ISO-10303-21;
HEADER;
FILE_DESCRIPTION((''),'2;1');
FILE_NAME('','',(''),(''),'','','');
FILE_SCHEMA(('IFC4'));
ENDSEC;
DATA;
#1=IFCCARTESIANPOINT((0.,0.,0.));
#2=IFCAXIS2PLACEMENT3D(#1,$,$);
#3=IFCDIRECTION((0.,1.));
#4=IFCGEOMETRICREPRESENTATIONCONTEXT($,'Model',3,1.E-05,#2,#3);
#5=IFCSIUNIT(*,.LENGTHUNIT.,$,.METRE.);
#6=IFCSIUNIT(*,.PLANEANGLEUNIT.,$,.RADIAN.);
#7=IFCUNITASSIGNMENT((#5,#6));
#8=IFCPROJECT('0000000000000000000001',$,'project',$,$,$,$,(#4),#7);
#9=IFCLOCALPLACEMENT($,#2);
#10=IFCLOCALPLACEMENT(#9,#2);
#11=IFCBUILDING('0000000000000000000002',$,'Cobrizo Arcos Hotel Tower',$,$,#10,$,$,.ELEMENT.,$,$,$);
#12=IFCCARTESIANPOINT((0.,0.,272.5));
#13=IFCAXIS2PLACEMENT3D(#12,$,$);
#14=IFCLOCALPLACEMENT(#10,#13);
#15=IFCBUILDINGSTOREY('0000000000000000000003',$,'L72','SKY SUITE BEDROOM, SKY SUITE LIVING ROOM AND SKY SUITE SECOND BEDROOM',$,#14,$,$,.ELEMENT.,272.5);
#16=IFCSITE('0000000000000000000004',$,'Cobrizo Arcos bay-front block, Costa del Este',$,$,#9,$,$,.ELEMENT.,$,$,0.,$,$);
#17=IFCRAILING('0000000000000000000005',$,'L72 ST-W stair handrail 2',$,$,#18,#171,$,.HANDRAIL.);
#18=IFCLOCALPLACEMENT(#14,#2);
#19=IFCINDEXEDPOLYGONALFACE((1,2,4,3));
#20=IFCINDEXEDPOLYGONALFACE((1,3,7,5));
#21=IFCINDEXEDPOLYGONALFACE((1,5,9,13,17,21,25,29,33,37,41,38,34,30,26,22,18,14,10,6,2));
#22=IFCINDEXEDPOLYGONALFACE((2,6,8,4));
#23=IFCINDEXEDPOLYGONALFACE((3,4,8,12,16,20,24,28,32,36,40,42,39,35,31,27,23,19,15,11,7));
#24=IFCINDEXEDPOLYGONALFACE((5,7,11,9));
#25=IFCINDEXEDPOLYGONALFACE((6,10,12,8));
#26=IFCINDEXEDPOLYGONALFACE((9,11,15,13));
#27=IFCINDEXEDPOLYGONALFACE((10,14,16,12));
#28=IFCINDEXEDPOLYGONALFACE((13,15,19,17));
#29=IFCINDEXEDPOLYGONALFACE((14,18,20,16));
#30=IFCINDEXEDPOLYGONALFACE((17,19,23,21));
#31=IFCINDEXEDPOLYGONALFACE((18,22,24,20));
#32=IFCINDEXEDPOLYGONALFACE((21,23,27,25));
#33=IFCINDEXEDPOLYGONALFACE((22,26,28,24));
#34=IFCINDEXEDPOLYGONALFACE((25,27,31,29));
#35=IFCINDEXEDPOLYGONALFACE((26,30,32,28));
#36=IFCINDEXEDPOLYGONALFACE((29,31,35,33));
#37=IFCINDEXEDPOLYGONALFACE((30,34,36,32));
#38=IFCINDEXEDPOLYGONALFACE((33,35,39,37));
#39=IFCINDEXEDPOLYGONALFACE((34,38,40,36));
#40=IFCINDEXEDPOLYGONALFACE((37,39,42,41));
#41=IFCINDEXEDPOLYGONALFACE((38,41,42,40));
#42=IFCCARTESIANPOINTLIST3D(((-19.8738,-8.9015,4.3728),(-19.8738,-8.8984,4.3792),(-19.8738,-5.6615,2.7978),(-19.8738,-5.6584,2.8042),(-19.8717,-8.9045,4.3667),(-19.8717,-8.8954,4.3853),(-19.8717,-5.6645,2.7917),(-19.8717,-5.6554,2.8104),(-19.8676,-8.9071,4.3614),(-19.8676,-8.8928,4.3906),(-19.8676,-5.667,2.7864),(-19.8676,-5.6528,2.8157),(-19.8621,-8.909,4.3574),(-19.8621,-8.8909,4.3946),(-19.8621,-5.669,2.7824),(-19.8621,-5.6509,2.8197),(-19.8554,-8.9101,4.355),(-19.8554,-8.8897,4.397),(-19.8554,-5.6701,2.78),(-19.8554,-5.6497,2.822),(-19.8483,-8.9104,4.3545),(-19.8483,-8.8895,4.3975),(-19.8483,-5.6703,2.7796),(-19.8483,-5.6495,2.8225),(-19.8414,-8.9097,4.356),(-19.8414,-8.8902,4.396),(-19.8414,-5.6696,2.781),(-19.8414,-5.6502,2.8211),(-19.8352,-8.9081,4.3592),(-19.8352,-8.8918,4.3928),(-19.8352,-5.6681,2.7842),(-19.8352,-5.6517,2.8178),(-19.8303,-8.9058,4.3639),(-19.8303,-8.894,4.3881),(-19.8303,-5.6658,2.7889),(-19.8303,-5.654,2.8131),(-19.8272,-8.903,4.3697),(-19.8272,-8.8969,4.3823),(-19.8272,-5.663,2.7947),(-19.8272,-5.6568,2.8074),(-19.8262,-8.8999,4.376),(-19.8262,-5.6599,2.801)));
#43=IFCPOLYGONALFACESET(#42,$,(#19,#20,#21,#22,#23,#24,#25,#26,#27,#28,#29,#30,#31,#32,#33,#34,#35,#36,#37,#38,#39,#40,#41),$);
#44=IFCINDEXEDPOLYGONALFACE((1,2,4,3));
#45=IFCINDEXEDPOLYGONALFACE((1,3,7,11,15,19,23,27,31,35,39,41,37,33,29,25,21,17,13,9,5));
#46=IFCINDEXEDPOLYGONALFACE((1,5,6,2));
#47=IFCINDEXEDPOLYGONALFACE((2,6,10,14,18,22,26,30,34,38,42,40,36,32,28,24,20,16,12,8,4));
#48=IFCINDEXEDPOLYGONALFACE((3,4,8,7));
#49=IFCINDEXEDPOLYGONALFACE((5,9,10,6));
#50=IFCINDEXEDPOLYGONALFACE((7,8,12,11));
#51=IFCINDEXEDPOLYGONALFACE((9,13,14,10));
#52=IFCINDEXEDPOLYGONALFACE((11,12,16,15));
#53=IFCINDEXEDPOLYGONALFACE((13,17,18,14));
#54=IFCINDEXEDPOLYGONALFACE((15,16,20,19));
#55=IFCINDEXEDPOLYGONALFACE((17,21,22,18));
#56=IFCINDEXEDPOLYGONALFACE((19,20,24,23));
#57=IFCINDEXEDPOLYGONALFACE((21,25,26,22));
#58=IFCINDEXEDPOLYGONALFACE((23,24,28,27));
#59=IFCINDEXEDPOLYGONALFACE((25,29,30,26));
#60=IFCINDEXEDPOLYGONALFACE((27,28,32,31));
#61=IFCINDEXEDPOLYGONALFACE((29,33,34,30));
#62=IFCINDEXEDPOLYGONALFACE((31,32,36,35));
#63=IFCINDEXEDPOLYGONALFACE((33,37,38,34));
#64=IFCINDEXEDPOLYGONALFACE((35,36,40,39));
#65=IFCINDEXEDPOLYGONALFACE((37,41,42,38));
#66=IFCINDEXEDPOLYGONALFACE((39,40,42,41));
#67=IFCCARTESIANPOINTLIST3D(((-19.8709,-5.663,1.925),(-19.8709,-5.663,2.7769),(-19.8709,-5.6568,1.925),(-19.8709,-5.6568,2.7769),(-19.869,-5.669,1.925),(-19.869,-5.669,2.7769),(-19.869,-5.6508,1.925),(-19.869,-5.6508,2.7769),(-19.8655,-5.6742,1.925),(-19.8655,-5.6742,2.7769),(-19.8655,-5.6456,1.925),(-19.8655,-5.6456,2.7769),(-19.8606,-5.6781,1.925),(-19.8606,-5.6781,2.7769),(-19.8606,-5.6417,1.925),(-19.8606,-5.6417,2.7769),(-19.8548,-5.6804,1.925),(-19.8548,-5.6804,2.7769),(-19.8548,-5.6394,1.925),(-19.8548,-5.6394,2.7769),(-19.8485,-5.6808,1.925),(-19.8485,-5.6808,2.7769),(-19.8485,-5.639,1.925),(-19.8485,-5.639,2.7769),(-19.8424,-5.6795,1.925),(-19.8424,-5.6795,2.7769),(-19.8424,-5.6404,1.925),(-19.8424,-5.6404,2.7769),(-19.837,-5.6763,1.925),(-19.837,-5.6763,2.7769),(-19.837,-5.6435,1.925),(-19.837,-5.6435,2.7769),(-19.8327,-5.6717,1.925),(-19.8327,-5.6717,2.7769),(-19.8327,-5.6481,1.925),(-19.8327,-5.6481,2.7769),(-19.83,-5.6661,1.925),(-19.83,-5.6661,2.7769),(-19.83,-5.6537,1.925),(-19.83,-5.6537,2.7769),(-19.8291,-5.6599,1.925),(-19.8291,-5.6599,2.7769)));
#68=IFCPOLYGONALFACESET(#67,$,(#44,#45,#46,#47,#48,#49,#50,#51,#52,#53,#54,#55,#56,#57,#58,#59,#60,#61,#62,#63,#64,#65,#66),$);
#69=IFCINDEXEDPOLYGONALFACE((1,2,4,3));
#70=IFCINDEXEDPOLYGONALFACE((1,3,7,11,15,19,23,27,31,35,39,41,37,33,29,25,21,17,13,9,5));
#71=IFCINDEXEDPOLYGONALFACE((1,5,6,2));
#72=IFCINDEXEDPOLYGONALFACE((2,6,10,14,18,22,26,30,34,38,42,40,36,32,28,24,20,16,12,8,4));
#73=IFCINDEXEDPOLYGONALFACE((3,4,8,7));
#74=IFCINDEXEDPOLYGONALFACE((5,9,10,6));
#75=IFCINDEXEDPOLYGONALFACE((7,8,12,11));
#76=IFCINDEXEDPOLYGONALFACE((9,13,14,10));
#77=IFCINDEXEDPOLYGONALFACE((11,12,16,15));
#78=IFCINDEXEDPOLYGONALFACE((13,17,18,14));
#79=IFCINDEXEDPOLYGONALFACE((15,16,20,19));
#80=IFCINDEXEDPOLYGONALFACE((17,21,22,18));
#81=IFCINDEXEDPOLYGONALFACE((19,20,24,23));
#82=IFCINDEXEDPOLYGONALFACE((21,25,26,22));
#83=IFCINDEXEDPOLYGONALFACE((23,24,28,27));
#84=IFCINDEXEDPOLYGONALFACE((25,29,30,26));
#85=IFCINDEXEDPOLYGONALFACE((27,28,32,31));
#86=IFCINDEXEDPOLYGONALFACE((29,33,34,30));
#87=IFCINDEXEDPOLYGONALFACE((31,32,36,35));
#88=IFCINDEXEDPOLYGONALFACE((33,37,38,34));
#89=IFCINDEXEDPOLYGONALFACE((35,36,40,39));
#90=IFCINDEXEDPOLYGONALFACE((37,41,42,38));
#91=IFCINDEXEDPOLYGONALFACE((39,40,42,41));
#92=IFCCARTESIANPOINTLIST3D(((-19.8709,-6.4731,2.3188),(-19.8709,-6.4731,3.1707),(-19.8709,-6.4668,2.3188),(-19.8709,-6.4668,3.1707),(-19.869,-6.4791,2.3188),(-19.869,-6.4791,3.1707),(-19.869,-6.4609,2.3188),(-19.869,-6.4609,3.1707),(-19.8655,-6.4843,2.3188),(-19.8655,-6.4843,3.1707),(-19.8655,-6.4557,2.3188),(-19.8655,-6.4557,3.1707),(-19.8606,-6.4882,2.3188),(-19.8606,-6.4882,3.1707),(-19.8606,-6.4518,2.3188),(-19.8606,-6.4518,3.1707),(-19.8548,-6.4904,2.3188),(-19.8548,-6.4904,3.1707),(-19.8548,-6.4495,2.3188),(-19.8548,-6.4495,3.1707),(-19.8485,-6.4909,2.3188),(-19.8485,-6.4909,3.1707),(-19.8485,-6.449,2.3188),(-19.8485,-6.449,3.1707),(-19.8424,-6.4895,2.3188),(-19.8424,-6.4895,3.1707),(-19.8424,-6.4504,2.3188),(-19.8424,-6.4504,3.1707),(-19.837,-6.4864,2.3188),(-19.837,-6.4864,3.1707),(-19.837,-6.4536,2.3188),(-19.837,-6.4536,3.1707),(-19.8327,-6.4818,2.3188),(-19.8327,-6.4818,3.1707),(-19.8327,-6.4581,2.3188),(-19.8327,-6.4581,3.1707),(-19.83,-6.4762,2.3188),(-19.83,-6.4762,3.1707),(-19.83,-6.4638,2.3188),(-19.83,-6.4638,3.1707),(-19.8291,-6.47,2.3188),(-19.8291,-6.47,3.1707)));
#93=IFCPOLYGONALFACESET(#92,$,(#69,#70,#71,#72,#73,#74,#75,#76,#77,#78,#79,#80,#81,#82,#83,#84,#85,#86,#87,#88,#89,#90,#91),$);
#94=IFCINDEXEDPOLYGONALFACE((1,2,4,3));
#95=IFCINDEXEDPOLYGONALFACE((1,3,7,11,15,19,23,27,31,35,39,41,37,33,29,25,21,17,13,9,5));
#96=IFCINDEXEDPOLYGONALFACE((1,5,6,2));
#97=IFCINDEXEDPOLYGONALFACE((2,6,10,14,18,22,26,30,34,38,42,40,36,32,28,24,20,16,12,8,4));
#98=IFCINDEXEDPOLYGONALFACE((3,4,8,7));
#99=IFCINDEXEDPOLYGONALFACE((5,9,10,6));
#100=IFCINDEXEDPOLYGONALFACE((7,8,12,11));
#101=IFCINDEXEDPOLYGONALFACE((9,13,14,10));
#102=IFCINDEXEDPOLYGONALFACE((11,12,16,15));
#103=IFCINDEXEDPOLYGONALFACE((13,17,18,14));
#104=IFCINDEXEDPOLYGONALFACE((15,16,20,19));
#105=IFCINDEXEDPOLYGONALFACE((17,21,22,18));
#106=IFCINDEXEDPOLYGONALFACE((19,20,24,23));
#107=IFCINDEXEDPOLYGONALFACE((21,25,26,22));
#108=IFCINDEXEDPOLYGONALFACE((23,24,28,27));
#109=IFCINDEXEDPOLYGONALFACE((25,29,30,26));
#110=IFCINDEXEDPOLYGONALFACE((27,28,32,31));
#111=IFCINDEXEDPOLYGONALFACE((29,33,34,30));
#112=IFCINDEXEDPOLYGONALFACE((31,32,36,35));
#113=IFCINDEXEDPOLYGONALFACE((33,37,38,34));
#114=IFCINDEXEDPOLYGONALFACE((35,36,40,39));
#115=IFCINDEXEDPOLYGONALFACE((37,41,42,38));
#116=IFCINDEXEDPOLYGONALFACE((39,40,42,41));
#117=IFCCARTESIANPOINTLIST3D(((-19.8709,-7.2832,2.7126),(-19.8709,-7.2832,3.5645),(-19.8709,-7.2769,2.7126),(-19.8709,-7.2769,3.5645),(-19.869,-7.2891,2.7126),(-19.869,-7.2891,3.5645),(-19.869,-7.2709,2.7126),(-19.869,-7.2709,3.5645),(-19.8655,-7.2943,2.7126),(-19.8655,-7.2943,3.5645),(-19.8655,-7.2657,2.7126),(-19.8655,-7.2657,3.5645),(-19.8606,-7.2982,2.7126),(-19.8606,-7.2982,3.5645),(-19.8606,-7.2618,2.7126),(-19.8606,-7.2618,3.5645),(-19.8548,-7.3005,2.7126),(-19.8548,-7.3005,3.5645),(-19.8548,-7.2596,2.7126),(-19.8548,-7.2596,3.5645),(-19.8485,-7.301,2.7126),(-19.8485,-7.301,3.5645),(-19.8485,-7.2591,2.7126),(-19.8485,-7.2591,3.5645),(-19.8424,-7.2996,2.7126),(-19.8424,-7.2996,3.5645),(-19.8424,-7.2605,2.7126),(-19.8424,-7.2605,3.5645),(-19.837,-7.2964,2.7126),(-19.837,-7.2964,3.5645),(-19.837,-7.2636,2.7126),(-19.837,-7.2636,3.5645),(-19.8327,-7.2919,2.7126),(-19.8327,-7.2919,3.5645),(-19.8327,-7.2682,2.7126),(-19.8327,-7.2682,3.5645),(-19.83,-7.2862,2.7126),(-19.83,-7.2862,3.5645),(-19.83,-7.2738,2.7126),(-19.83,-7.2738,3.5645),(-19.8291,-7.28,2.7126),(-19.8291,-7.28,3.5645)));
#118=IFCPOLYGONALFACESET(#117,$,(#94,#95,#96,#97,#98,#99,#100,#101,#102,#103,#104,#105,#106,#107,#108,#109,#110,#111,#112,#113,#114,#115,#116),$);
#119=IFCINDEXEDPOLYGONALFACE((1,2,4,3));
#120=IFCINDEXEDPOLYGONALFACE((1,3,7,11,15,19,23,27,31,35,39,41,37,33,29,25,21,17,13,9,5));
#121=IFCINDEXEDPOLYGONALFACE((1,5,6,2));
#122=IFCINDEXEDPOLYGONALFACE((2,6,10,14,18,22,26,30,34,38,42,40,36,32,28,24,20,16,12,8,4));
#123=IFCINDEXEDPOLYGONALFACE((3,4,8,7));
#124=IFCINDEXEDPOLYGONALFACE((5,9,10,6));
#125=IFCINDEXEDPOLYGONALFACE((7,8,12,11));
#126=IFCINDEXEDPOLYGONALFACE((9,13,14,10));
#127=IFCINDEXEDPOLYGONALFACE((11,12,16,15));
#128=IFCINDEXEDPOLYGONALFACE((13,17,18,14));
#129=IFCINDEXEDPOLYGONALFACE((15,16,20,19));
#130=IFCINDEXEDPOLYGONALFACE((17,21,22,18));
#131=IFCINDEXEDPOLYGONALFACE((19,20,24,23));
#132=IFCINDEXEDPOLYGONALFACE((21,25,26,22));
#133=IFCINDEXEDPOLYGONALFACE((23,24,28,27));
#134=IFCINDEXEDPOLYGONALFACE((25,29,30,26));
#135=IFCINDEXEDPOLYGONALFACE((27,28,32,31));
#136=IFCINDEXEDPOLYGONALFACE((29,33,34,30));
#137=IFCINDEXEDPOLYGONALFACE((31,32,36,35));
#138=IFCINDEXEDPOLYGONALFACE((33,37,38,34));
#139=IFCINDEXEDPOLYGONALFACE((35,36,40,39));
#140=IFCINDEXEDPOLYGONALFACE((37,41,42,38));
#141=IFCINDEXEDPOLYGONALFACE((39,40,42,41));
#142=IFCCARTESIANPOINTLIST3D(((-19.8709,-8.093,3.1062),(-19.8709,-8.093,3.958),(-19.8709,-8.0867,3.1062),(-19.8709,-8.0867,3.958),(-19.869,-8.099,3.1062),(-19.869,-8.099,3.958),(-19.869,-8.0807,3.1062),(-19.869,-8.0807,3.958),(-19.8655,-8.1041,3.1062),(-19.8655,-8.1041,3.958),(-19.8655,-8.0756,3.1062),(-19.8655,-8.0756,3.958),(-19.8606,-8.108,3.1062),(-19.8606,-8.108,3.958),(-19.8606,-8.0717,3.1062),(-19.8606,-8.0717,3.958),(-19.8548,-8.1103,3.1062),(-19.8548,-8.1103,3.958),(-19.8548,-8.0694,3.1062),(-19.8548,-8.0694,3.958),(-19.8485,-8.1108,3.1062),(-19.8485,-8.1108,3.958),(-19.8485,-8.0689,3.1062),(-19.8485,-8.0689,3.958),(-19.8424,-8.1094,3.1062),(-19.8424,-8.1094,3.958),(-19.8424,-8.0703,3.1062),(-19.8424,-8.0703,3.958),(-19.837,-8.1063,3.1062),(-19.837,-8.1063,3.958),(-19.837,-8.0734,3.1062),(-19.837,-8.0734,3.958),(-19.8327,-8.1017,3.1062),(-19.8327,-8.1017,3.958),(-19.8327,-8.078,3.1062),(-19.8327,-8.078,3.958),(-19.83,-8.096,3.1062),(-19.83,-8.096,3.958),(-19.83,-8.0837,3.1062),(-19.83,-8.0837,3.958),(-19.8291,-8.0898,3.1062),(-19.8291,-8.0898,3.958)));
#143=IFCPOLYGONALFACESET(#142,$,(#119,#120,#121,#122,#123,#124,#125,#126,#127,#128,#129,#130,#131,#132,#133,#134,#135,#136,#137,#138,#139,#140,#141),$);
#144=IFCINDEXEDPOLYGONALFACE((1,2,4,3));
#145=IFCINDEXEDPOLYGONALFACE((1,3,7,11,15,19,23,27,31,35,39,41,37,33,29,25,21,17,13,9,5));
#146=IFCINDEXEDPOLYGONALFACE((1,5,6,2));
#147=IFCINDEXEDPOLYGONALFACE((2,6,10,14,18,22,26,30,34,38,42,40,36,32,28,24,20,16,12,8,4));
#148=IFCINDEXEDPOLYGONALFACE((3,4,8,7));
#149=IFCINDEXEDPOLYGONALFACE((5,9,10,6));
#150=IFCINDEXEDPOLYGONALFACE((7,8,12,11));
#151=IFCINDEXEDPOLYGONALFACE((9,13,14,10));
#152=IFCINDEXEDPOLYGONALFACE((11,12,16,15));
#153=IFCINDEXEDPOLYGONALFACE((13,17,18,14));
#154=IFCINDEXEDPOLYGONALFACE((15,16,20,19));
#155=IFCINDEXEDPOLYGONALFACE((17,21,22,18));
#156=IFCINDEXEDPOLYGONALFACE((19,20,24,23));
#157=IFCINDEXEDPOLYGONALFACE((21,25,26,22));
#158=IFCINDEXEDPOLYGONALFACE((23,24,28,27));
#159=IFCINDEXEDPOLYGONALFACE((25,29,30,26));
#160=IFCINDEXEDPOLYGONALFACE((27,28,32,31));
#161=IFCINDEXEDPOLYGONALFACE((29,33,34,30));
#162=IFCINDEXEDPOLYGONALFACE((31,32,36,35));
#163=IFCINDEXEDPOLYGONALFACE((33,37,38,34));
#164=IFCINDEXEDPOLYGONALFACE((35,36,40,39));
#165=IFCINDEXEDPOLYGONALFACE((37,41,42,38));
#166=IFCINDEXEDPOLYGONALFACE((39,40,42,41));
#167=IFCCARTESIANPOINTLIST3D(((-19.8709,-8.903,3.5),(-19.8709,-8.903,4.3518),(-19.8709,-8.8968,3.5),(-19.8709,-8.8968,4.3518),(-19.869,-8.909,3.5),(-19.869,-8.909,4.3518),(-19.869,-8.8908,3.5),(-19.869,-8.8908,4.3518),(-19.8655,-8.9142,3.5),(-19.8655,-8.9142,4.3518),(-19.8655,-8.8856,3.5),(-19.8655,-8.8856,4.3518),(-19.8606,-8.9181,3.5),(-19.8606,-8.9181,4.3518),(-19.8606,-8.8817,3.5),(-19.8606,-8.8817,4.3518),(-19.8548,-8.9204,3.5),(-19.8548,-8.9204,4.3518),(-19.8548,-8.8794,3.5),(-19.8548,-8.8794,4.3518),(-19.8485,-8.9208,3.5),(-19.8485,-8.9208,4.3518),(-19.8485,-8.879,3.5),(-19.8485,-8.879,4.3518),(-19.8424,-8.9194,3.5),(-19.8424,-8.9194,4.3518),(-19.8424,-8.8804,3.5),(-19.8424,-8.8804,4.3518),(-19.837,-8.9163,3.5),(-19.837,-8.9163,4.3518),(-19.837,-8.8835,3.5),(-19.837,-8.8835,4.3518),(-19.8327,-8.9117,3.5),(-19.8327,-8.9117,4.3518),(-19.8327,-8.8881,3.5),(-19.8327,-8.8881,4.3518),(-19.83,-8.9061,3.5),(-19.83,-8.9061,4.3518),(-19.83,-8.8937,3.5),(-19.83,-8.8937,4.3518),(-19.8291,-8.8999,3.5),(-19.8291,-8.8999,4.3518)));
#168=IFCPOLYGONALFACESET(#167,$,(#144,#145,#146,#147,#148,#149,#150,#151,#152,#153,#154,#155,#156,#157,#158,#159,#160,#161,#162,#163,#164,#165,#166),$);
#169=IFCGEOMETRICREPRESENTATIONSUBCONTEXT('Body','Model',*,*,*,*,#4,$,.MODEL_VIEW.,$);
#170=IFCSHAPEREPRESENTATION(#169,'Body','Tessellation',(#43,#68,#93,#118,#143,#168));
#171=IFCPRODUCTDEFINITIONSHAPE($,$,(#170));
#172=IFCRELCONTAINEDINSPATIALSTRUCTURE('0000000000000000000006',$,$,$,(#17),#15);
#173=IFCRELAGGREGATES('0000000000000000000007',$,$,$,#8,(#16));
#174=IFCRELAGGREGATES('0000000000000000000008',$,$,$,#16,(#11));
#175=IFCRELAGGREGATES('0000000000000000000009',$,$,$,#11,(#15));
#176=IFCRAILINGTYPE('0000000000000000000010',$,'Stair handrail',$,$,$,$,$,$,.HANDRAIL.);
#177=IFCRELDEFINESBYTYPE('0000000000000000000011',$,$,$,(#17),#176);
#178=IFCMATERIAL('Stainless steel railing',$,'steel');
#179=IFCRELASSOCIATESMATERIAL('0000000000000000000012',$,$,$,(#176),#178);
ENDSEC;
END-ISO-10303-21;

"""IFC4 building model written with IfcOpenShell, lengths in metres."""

from ifc_helpers import new_model, si_unit, direction, frame, origin, origin_2d, place, context, subcontext, project, spatial, circle, extrude, material, type_object, element, save


model = new_model("IFC4")

# Units and contexts
model_context = context("Model", 3, precision=1e-05, world=origin(), true_north=direction((0.0, 1.0)))
body_context = subcontext(model_context, "Body", "Model", "MODEL_VIEW")
ifc_project = project(units=[si_unit("LENGTHUNIT", "METRE"), si_unit("PLANEANGLEUNIT", "RADIAN")], contexts=[model_context])

# Site, building, storey
site_placement = place(None, origin())
site = spatial("IfcSite", under=ifc_project, at=site_placement, Name="Cobrizo Arcos bay-front block, Costa del Este", CompositionType="ELEMENT", RefElevation=0.0)
building_placement = place(site_placement, origin())
building = spatial("IfcBuilding", under=site, at=building_placement, Name="Cobrizo Arcos Hotel Tower", CompositionType="ELEMENT")
storey_placement = place(building_placement, frame((0.0, 0.0, 272.5)))
storey = spatial("IfcBuildingStorey", under=building, at=storey_placement, Name="L72", Description="SKY SUITE BEDROOM, SKY SUITE LIVING ROOM AND SKY SUITE SECOND BEDROOM", CompositionType="ELEMENT", Elevation=272.5)

# Railing
ifc_material_1 = material(Name="Stainless steel railing", Category="steel")
railing_type_1 = type_object("IfcRailingType", Name="Stair handrail", PredefinedType="HANDRAIL", material=ifc_material_1)
railing_1_placement = place(storey_placement, frame((-19.8501, -5.6599, 1.925)))
element("IfcRailing", 1, at=railing_1_placement, inside=storey, type_object=railing_type_1, Name="L72 ST-W stair handrail 2", PredefinedType="HANDRAIL", context=body_context, shape_type="SweptSolid", body=[
    extrude(circle(Radius=0.0239, at=origin_2d()), frame((0.0, 0.0, 0.876), z_axis=(0.0, -0.899373, 0.437183), x_axis=(1.0, 0.0, 0.0)), (0.0, 0.0, 1.0), 3.6025),
    extrude(circle(Radius=0.021, at=origin_2d()), origin(), (0.0, 0.0, 1.0), 0.8518),
    extrude(circle(Radius=0.021, at=origin_2d()), frame((0.0, -0.8101, 0.3938)), (0.0, 0.0, 1.0), 0.8518),
    extrude(circle(Radius=0.021, at=origin_2d()), frame((0.0, -1.6201, 0.7876)), (0.0, 0.0, 1.0), 0.8518),
    extrude(circle(Radius=0.021, at=origin_2d()), frame((0.0, -2.4299, 1.1812)), (0.0, 0.0, 1.0), 0.8518),
    extrude(circle(Radius=0.021, at=origin_2d()), frame((0.0, -3.24, 1.575)), (0.0, 0.0, 1.0), 0.8518),
])

save(model, "model.ifc")
